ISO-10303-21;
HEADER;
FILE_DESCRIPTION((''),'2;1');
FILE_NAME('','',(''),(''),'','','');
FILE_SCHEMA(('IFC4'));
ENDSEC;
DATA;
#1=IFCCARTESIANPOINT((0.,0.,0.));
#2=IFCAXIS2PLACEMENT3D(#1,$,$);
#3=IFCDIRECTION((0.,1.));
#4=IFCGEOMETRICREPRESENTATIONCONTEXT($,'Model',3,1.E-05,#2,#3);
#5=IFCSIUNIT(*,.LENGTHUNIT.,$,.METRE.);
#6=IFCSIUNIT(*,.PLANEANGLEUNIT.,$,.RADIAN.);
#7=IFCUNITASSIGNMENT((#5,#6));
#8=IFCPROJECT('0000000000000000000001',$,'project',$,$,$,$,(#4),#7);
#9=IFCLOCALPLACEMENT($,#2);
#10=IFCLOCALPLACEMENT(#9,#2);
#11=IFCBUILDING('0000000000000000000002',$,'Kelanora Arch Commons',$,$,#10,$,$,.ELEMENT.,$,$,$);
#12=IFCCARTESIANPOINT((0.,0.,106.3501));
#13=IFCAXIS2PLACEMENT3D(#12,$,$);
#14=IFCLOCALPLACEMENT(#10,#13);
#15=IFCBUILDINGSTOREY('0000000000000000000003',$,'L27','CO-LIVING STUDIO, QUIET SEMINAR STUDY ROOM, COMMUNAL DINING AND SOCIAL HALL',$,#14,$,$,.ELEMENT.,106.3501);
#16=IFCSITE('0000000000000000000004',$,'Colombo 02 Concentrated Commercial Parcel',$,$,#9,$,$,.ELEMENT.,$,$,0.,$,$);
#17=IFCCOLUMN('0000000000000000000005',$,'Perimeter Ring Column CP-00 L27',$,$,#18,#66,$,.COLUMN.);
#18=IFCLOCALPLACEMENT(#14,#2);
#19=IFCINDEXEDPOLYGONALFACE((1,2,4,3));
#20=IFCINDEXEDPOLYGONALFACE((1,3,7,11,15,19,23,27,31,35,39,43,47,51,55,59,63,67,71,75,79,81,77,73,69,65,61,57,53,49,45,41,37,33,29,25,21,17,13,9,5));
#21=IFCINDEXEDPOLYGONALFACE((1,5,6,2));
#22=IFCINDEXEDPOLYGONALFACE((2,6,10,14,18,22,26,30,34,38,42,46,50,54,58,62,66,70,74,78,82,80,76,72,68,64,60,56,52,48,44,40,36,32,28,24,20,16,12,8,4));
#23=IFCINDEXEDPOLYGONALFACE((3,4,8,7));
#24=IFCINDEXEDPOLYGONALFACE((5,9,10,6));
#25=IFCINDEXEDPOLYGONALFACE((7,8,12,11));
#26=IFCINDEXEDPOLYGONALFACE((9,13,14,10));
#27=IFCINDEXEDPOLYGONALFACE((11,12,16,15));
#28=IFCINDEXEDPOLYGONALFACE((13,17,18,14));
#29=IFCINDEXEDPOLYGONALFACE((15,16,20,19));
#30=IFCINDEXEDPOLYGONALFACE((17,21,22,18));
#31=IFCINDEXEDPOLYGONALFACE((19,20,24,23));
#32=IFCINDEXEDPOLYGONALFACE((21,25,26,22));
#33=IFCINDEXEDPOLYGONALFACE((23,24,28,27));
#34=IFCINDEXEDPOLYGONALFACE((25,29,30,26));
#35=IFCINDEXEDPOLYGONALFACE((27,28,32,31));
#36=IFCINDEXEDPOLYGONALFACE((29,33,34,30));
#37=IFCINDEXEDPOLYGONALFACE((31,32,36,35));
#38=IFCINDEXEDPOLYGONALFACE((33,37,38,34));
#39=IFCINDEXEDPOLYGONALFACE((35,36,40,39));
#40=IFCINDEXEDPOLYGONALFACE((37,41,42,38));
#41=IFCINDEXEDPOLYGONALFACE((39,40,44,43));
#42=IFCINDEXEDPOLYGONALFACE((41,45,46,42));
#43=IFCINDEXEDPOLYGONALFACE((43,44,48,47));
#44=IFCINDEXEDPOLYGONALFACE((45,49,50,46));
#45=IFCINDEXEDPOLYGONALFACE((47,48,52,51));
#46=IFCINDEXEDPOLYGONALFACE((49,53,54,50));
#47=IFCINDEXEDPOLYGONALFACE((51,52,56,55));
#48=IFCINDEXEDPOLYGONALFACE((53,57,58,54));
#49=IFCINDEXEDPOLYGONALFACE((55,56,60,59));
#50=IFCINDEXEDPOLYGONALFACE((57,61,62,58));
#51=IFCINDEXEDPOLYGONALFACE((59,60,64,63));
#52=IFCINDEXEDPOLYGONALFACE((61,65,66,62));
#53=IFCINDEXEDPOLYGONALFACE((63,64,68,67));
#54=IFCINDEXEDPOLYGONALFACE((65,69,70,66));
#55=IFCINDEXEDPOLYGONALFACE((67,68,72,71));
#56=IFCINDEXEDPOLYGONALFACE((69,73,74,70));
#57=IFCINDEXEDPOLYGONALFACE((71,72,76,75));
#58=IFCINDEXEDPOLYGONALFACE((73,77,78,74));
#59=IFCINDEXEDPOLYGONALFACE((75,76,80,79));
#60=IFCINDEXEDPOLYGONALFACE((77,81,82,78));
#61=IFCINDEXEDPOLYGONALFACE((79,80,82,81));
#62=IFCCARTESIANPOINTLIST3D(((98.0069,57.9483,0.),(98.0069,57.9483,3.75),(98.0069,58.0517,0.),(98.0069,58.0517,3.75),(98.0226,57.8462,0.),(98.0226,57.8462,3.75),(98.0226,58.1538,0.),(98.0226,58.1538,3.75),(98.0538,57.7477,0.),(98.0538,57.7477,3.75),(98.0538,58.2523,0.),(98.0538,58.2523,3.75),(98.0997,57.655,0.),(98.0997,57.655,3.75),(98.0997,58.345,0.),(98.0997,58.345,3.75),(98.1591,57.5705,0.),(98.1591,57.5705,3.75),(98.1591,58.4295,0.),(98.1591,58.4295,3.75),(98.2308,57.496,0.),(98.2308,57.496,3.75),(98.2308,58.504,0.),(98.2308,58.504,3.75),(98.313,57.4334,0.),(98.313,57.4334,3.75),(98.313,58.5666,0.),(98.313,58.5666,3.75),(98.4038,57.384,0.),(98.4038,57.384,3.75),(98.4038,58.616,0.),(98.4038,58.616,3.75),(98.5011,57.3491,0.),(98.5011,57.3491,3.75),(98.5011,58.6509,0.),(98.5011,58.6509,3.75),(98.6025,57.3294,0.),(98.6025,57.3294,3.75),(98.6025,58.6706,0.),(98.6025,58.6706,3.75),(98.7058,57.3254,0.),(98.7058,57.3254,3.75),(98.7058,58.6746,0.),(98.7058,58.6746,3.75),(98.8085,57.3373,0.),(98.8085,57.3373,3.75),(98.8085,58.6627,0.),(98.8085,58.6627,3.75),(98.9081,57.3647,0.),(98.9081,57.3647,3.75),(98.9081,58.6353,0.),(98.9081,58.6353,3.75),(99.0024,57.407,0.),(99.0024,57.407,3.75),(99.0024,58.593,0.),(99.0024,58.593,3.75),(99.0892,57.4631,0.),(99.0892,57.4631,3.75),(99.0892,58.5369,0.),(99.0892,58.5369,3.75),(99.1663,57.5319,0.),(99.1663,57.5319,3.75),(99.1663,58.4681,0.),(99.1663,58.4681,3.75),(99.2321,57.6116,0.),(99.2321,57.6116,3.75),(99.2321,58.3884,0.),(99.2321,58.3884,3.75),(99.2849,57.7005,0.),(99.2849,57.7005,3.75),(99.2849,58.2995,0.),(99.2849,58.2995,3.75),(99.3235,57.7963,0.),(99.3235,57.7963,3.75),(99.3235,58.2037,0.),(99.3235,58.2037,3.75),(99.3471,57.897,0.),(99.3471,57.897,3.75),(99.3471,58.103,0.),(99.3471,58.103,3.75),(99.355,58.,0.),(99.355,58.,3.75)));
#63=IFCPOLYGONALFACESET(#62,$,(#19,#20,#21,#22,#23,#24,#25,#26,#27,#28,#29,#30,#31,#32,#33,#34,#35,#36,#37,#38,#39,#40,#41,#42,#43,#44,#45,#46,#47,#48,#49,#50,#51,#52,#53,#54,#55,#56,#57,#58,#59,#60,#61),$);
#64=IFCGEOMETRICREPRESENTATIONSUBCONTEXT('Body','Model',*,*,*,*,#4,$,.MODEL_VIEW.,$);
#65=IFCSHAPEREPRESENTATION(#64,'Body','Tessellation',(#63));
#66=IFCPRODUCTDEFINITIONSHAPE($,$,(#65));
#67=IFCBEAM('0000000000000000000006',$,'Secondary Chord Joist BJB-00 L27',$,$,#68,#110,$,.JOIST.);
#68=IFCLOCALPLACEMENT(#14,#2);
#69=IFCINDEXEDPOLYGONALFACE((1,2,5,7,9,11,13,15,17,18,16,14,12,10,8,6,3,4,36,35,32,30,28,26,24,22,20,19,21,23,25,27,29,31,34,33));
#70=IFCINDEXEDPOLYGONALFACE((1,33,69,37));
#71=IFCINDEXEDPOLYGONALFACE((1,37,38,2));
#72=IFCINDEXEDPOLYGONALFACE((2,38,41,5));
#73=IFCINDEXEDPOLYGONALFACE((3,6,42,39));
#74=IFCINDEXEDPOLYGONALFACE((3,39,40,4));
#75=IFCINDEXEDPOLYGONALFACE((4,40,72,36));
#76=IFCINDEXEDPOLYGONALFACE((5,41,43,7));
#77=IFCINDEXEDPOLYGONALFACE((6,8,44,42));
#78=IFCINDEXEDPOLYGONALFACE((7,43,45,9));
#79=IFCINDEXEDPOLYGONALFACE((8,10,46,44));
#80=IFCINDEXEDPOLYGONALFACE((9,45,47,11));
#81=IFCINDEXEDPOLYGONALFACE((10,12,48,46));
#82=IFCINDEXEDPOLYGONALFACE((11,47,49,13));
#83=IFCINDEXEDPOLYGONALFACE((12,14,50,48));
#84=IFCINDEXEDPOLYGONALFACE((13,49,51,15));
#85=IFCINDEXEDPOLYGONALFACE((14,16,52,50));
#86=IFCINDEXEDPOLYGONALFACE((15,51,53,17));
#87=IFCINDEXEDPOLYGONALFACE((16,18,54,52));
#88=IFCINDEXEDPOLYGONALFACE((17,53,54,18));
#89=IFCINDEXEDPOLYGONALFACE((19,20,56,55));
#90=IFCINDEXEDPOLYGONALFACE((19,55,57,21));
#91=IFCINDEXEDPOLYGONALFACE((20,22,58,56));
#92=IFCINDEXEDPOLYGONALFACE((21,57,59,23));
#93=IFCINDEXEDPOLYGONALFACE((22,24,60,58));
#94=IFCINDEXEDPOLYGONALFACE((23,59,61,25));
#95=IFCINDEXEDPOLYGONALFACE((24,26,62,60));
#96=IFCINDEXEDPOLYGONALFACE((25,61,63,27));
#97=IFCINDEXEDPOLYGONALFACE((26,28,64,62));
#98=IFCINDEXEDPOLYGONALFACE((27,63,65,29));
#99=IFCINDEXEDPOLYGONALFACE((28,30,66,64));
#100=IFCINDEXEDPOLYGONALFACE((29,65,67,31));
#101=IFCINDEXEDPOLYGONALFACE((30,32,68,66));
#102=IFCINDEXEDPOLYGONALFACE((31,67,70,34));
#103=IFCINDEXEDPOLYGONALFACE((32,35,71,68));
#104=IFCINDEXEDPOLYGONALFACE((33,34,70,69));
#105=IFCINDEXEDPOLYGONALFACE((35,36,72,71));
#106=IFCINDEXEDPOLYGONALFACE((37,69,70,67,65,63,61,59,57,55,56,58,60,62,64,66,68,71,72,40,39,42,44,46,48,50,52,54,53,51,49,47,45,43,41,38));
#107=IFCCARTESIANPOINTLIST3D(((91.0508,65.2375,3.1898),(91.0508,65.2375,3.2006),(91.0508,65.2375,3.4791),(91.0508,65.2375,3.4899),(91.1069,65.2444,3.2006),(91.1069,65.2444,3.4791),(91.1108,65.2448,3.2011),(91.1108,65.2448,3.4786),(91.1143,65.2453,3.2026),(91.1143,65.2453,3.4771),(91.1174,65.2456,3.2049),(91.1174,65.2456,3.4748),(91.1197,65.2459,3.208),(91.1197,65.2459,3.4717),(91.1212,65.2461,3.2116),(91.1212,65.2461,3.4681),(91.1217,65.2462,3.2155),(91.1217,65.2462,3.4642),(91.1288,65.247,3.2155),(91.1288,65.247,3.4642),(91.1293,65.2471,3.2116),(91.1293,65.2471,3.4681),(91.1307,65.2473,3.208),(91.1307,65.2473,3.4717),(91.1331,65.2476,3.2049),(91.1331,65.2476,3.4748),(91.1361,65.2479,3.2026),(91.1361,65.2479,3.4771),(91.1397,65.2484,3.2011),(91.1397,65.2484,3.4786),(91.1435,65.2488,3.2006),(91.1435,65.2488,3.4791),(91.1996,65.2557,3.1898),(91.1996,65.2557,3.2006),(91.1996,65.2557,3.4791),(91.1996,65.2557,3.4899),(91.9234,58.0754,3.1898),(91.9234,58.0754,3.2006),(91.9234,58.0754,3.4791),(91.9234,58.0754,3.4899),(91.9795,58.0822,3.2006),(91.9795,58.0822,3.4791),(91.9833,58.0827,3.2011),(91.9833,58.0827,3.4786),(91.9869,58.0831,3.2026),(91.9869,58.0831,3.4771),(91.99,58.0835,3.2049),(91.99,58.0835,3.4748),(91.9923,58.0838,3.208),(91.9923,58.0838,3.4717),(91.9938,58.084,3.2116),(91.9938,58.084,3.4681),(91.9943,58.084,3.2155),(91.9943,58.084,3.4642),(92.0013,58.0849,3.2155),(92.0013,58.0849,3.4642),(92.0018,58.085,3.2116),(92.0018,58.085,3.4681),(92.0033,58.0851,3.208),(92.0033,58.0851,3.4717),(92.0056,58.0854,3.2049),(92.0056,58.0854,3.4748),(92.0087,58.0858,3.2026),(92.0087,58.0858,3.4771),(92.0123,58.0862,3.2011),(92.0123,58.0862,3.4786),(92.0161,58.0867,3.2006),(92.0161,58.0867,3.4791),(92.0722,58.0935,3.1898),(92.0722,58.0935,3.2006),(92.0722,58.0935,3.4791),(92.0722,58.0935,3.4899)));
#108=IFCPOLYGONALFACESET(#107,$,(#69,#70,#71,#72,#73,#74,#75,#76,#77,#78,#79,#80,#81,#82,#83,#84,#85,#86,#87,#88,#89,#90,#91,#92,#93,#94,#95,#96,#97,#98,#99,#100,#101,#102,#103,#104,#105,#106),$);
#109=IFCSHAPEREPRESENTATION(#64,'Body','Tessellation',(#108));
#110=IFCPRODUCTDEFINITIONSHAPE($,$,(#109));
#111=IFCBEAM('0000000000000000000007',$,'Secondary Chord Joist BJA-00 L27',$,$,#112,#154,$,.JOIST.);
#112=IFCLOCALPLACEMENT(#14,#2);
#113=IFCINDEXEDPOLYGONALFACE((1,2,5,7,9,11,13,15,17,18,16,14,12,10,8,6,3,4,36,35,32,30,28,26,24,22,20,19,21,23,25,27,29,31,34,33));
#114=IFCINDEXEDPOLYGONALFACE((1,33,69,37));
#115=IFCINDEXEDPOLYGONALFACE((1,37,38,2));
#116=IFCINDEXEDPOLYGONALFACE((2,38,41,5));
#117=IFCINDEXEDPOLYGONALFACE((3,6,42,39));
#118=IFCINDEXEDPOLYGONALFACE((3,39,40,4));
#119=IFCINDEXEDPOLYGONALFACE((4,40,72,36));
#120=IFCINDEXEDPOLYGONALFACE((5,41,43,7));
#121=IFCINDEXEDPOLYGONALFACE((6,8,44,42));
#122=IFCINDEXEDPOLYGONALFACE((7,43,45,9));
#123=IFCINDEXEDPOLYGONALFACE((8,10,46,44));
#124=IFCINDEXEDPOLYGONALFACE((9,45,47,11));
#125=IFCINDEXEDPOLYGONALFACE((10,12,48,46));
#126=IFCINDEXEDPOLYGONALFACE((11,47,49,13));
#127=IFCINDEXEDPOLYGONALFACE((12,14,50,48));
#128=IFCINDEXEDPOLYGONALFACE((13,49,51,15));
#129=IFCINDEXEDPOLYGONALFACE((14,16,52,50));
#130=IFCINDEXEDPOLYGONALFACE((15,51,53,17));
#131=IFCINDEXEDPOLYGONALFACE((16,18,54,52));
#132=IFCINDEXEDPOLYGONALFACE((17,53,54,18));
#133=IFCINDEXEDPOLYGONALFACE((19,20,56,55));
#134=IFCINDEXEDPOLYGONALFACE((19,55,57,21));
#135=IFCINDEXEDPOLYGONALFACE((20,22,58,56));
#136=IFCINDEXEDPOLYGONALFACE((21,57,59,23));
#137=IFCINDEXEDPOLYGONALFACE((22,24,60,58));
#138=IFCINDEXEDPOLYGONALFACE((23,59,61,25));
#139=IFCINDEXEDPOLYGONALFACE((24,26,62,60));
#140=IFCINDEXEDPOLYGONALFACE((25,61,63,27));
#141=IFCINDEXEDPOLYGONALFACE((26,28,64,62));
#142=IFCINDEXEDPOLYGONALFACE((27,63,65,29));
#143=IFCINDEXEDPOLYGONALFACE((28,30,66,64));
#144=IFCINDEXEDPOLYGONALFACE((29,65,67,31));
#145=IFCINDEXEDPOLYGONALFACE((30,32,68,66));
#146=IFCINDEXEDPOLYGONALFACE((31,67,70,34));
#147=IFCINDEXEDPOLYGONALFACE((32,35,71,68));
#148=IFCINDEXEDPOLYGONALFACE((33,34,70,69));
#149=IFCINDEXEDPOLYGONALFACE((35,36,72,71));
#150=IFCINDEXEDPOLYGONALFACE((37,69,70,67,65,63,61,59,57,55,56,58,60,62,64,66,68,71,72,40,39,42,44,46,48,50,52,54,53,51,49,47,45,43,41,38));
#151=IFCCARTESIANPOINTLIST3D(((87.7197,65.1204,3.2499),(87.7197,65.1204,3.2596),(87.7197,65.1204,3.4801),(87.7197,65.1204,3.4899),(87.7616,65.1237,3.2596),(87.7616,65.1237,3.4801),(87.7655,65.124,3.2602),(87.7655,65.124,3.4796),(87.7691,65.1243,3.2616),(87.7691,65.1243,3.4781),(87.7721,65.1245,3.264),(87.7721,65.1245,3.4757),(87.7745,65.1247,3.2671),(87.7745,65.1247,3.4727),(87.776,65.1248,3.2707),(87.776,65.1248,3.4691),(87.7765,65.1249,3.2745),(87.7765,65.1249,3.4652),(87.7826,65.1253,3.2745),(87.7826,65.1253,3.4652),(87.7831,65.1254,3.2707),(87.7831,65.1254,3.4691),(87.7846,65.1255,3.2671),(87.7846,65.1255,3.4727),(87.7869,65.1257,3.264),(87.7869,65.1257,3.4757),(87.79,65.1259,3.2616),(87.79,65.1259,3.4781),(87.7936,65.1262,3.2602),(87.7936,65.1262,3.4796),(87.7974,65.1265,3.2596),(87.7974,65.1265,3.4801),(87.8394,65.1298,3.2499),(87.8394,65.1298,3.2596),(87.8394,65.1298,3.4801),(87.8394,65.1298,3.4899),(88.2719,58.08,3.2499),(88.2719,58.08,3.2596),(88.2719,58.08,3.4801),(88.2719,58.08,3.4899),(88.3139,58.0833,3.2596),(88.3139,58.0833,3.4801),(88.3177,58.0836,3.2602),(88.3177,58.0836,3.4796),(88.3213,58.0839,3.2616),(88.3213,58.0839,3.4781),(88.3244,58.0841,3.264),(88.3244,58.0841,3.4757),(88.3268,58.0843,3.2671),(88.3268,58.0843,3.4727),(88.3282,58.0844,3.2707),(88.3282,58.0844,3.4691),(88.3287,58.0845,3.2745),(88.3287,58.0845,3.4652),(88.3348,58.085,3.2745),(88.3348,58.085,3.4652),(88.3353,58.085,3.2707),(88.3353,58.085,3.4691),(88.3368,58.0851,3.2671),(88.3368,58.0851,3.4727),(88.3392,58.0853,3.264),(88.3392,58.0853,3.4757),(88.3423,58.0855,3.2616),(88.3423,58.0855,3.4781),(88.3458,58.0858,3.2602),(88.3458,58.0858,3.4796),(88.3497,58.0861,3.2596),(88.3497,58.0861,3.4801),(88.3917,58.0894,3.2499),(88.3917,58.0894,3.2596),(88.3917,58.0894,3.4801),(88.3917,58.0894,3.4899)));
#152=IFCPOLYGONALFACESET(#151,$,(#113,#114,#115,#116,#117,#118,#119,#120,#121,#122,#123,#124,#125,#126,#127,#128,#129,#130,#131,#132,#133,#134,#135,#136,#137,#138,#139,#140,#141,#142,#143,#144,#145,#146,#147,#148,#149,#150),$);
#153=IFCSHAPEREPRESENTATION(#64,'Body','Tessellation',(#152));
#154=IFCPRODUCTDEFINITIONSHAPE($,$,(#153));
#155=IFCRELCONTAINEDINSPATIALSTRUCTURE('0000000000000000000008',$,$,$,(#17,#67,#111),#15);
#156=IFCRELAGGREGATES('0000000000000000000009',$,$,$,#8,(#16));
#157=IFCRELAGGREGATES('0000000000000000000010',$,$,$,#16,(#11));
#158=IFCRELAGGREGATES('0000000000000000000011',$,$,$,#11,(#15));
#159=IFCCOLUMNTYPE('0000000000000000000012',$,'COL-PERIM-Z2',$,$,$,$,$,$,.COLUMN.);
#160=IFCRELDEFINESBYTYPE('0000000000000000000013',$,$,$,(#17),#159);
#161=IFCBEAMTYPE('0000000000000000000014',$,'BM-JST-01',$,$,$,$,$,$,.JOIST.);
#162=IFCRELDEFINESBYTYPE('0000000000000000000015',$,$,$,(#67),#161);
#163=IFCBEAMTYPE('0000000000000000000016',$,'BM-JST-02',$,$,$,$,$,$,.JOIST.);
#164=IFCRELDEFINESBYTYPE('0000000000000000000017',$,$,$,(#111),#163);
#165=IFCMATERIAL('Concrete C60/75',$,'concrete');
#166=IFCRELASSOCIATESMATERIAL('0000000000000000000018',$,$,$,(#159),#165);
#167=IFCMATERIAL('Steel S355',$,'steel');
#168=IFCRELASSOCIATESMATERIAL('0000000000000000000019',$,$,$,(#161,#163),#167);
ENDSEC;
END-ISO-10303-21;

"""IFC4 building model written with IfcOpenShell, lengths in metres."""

from ifc_helpers import new_model, si_unit, direction, frame, origin, origin_2d, place, context, subcontext, project, spatial, circle, i_section, extrude, material, material_profile, profile_set, type_object, element, save


model = new_model("IFC4")

# Units and contexts
model_context = context("Model", 3, precision=1e-05, world=origin(), true_north=direction((0.0, 1.0)))
body_context = subcontext(model_context, "Body", "Model", "MODEL_VIEW")
ifc_project = project(units=[si_unit("LENGTHUNIT", "METRE"), si_unit("PLANEANGLEUNIT", "RADIAN")], contexts=[model_context])

# Site, building, storey
site_placement = place(None, origin())
site = spatial("IfcSite", under=ifc_project, at=site_placement, Name="Colombo 02 Concentrated Commercial Parcel", CompositionType="ELEMENT", RefElevation=0.0)
building_placement = place(site_placement, origin())
building = spatial("IfcBuilding", under=site, at=building_placement, Name="Kelanora Arch Commons", CompositionType="ELEMENT")
storey_placement = place(building_placement, frame((0.0, 0.0, 106.3501)))
storey = spatial("IfcBuildingStorey", under=building, at=storey_placement, Name="L27", Description="CO-LIVING STUDIO, QUIET SEMINAR STUDY ROOM, COMMUNAL DINING AND SOCIAL HALL", CompositionType="ELEMENT", Elevation=106.3501)

# Column
ifc_material_1 = material(Name="Concrete C60/75", Category="concrete")
ifc_material_profile_1 = material_profile(ifc_material_1, circle(Radius=0.675, at=origin_2d()), Name="RCC1350")
ifc_profile_set_1 = profile_set([ifc_material_profile_1], Name="Concrete C60/75")
column_type = type_object("IfcColumnType", Name="COL-PERIM-Z2", PredefinedType="COLUMN", material=ifc_profile_set_1)
column_placement = place(storey_placement, frame((98.6799, 58.0, 0.0), z_axis=(0.0, 0.0, 1.0), x_axis=(1.0, 0.0, 0.0)))
element("IfcColumn", 1, at=column_placement, inside=storey, type_object=column_type, Name="Perimeter Ring Column CP-00 L27", PredefinedType="COLUMN", context=body_context, shape_type="SweptSolid", body=[
    extrude(circle(Radius=0.675, at=origin_2d()), origin(), (0.0, 0.0, 1.0), 3.75),
])

# Beams
ifc_material_2 = material(Name="Steel S355", Category="steel")
ifc_material_profile_2 = material_profile(ifc_material_2, i_section(OverallWidth=0.1499, OverallDepth=0.3, WebThickness=0.0071, FlangeThickness=0.0107, FilletRadius=0.0149, at=origin_2d()), Name="IPE300")
ifc_profile_set_2 = profile_set([ifc_material_profile_2], Name="Steel S355")
beam_type_1 = type_object("IfcBeamType", Name="BM-JST-01", PredefinedType="JOIST", material=ifc_profile_set_2)
beam_1_placement = place(storey_placement, frame((91.9978, 58.0845, 3.3398), z_axis=(-0.120936, 0.99266, 0.0), x_axis=(-0.99266, -0.120936, 0.0)))
element("IfcBeam", 2, at=beam_1_placement, inside=storey, type_object=beam_type_1, Name="Secondary Chord Joist BJB-00 L27", PredefinedType="JOIST", context=body_context, shape_type="SweptSolid", body=[
    extrude(i_section(OverallWidth=0.1499, OverallDepth=0.3, WebThickness=0.0071, FlangeThickness=0.0107, FilletRadius=0.0149, at=origin_2d()), origin(), (0.0, 0.0, 1.0), 7.2151),
])
ifc_material_profile_3 = material_profile(ifc_material_2, i_section(OverallWidth=0.1201, OverallDepth=0.24, WebThickness=0.0061, FlangeThickness=0.0098, FilletRadius=0.0149, at=origin_2d()), Name="IPE240")
ifc_profile_set_3 = profile_set([ifc_material_profile_3], Name="Steel S355")
beam_type_2 = type_object("IfcBeamType", Name="BM-JST-02", PredefinedType="JOIST", material=ifc_profile_set_3)
beam_2_placement = place(storey_placement, frame((88.3318, 58.0847, 3.3699), z_axis=(-0.078201, 0.996938, 0.0), x_axis=(-0.996938, -0.078201, 0.0)))
element("IfcBeam", 3, at=beam_2_placement, inside=storey, type_object=beam_type_2, Name="Secondary Chord Joist BJA-00 L27", PredefinedType="JOIST", context=body_context, shape_type="SweptSolid", body=[
    extrude(i_section(OverallWidth=0.1201, OverallDepth=0.24, WebThickness=0.0061, FlangeThickness=0.0098, FilletRadius=0.0149, at=origin_2d()), origin(), (0.0, 0.0, 1.0), 7.062),
])

save(model, "model.ifc")
